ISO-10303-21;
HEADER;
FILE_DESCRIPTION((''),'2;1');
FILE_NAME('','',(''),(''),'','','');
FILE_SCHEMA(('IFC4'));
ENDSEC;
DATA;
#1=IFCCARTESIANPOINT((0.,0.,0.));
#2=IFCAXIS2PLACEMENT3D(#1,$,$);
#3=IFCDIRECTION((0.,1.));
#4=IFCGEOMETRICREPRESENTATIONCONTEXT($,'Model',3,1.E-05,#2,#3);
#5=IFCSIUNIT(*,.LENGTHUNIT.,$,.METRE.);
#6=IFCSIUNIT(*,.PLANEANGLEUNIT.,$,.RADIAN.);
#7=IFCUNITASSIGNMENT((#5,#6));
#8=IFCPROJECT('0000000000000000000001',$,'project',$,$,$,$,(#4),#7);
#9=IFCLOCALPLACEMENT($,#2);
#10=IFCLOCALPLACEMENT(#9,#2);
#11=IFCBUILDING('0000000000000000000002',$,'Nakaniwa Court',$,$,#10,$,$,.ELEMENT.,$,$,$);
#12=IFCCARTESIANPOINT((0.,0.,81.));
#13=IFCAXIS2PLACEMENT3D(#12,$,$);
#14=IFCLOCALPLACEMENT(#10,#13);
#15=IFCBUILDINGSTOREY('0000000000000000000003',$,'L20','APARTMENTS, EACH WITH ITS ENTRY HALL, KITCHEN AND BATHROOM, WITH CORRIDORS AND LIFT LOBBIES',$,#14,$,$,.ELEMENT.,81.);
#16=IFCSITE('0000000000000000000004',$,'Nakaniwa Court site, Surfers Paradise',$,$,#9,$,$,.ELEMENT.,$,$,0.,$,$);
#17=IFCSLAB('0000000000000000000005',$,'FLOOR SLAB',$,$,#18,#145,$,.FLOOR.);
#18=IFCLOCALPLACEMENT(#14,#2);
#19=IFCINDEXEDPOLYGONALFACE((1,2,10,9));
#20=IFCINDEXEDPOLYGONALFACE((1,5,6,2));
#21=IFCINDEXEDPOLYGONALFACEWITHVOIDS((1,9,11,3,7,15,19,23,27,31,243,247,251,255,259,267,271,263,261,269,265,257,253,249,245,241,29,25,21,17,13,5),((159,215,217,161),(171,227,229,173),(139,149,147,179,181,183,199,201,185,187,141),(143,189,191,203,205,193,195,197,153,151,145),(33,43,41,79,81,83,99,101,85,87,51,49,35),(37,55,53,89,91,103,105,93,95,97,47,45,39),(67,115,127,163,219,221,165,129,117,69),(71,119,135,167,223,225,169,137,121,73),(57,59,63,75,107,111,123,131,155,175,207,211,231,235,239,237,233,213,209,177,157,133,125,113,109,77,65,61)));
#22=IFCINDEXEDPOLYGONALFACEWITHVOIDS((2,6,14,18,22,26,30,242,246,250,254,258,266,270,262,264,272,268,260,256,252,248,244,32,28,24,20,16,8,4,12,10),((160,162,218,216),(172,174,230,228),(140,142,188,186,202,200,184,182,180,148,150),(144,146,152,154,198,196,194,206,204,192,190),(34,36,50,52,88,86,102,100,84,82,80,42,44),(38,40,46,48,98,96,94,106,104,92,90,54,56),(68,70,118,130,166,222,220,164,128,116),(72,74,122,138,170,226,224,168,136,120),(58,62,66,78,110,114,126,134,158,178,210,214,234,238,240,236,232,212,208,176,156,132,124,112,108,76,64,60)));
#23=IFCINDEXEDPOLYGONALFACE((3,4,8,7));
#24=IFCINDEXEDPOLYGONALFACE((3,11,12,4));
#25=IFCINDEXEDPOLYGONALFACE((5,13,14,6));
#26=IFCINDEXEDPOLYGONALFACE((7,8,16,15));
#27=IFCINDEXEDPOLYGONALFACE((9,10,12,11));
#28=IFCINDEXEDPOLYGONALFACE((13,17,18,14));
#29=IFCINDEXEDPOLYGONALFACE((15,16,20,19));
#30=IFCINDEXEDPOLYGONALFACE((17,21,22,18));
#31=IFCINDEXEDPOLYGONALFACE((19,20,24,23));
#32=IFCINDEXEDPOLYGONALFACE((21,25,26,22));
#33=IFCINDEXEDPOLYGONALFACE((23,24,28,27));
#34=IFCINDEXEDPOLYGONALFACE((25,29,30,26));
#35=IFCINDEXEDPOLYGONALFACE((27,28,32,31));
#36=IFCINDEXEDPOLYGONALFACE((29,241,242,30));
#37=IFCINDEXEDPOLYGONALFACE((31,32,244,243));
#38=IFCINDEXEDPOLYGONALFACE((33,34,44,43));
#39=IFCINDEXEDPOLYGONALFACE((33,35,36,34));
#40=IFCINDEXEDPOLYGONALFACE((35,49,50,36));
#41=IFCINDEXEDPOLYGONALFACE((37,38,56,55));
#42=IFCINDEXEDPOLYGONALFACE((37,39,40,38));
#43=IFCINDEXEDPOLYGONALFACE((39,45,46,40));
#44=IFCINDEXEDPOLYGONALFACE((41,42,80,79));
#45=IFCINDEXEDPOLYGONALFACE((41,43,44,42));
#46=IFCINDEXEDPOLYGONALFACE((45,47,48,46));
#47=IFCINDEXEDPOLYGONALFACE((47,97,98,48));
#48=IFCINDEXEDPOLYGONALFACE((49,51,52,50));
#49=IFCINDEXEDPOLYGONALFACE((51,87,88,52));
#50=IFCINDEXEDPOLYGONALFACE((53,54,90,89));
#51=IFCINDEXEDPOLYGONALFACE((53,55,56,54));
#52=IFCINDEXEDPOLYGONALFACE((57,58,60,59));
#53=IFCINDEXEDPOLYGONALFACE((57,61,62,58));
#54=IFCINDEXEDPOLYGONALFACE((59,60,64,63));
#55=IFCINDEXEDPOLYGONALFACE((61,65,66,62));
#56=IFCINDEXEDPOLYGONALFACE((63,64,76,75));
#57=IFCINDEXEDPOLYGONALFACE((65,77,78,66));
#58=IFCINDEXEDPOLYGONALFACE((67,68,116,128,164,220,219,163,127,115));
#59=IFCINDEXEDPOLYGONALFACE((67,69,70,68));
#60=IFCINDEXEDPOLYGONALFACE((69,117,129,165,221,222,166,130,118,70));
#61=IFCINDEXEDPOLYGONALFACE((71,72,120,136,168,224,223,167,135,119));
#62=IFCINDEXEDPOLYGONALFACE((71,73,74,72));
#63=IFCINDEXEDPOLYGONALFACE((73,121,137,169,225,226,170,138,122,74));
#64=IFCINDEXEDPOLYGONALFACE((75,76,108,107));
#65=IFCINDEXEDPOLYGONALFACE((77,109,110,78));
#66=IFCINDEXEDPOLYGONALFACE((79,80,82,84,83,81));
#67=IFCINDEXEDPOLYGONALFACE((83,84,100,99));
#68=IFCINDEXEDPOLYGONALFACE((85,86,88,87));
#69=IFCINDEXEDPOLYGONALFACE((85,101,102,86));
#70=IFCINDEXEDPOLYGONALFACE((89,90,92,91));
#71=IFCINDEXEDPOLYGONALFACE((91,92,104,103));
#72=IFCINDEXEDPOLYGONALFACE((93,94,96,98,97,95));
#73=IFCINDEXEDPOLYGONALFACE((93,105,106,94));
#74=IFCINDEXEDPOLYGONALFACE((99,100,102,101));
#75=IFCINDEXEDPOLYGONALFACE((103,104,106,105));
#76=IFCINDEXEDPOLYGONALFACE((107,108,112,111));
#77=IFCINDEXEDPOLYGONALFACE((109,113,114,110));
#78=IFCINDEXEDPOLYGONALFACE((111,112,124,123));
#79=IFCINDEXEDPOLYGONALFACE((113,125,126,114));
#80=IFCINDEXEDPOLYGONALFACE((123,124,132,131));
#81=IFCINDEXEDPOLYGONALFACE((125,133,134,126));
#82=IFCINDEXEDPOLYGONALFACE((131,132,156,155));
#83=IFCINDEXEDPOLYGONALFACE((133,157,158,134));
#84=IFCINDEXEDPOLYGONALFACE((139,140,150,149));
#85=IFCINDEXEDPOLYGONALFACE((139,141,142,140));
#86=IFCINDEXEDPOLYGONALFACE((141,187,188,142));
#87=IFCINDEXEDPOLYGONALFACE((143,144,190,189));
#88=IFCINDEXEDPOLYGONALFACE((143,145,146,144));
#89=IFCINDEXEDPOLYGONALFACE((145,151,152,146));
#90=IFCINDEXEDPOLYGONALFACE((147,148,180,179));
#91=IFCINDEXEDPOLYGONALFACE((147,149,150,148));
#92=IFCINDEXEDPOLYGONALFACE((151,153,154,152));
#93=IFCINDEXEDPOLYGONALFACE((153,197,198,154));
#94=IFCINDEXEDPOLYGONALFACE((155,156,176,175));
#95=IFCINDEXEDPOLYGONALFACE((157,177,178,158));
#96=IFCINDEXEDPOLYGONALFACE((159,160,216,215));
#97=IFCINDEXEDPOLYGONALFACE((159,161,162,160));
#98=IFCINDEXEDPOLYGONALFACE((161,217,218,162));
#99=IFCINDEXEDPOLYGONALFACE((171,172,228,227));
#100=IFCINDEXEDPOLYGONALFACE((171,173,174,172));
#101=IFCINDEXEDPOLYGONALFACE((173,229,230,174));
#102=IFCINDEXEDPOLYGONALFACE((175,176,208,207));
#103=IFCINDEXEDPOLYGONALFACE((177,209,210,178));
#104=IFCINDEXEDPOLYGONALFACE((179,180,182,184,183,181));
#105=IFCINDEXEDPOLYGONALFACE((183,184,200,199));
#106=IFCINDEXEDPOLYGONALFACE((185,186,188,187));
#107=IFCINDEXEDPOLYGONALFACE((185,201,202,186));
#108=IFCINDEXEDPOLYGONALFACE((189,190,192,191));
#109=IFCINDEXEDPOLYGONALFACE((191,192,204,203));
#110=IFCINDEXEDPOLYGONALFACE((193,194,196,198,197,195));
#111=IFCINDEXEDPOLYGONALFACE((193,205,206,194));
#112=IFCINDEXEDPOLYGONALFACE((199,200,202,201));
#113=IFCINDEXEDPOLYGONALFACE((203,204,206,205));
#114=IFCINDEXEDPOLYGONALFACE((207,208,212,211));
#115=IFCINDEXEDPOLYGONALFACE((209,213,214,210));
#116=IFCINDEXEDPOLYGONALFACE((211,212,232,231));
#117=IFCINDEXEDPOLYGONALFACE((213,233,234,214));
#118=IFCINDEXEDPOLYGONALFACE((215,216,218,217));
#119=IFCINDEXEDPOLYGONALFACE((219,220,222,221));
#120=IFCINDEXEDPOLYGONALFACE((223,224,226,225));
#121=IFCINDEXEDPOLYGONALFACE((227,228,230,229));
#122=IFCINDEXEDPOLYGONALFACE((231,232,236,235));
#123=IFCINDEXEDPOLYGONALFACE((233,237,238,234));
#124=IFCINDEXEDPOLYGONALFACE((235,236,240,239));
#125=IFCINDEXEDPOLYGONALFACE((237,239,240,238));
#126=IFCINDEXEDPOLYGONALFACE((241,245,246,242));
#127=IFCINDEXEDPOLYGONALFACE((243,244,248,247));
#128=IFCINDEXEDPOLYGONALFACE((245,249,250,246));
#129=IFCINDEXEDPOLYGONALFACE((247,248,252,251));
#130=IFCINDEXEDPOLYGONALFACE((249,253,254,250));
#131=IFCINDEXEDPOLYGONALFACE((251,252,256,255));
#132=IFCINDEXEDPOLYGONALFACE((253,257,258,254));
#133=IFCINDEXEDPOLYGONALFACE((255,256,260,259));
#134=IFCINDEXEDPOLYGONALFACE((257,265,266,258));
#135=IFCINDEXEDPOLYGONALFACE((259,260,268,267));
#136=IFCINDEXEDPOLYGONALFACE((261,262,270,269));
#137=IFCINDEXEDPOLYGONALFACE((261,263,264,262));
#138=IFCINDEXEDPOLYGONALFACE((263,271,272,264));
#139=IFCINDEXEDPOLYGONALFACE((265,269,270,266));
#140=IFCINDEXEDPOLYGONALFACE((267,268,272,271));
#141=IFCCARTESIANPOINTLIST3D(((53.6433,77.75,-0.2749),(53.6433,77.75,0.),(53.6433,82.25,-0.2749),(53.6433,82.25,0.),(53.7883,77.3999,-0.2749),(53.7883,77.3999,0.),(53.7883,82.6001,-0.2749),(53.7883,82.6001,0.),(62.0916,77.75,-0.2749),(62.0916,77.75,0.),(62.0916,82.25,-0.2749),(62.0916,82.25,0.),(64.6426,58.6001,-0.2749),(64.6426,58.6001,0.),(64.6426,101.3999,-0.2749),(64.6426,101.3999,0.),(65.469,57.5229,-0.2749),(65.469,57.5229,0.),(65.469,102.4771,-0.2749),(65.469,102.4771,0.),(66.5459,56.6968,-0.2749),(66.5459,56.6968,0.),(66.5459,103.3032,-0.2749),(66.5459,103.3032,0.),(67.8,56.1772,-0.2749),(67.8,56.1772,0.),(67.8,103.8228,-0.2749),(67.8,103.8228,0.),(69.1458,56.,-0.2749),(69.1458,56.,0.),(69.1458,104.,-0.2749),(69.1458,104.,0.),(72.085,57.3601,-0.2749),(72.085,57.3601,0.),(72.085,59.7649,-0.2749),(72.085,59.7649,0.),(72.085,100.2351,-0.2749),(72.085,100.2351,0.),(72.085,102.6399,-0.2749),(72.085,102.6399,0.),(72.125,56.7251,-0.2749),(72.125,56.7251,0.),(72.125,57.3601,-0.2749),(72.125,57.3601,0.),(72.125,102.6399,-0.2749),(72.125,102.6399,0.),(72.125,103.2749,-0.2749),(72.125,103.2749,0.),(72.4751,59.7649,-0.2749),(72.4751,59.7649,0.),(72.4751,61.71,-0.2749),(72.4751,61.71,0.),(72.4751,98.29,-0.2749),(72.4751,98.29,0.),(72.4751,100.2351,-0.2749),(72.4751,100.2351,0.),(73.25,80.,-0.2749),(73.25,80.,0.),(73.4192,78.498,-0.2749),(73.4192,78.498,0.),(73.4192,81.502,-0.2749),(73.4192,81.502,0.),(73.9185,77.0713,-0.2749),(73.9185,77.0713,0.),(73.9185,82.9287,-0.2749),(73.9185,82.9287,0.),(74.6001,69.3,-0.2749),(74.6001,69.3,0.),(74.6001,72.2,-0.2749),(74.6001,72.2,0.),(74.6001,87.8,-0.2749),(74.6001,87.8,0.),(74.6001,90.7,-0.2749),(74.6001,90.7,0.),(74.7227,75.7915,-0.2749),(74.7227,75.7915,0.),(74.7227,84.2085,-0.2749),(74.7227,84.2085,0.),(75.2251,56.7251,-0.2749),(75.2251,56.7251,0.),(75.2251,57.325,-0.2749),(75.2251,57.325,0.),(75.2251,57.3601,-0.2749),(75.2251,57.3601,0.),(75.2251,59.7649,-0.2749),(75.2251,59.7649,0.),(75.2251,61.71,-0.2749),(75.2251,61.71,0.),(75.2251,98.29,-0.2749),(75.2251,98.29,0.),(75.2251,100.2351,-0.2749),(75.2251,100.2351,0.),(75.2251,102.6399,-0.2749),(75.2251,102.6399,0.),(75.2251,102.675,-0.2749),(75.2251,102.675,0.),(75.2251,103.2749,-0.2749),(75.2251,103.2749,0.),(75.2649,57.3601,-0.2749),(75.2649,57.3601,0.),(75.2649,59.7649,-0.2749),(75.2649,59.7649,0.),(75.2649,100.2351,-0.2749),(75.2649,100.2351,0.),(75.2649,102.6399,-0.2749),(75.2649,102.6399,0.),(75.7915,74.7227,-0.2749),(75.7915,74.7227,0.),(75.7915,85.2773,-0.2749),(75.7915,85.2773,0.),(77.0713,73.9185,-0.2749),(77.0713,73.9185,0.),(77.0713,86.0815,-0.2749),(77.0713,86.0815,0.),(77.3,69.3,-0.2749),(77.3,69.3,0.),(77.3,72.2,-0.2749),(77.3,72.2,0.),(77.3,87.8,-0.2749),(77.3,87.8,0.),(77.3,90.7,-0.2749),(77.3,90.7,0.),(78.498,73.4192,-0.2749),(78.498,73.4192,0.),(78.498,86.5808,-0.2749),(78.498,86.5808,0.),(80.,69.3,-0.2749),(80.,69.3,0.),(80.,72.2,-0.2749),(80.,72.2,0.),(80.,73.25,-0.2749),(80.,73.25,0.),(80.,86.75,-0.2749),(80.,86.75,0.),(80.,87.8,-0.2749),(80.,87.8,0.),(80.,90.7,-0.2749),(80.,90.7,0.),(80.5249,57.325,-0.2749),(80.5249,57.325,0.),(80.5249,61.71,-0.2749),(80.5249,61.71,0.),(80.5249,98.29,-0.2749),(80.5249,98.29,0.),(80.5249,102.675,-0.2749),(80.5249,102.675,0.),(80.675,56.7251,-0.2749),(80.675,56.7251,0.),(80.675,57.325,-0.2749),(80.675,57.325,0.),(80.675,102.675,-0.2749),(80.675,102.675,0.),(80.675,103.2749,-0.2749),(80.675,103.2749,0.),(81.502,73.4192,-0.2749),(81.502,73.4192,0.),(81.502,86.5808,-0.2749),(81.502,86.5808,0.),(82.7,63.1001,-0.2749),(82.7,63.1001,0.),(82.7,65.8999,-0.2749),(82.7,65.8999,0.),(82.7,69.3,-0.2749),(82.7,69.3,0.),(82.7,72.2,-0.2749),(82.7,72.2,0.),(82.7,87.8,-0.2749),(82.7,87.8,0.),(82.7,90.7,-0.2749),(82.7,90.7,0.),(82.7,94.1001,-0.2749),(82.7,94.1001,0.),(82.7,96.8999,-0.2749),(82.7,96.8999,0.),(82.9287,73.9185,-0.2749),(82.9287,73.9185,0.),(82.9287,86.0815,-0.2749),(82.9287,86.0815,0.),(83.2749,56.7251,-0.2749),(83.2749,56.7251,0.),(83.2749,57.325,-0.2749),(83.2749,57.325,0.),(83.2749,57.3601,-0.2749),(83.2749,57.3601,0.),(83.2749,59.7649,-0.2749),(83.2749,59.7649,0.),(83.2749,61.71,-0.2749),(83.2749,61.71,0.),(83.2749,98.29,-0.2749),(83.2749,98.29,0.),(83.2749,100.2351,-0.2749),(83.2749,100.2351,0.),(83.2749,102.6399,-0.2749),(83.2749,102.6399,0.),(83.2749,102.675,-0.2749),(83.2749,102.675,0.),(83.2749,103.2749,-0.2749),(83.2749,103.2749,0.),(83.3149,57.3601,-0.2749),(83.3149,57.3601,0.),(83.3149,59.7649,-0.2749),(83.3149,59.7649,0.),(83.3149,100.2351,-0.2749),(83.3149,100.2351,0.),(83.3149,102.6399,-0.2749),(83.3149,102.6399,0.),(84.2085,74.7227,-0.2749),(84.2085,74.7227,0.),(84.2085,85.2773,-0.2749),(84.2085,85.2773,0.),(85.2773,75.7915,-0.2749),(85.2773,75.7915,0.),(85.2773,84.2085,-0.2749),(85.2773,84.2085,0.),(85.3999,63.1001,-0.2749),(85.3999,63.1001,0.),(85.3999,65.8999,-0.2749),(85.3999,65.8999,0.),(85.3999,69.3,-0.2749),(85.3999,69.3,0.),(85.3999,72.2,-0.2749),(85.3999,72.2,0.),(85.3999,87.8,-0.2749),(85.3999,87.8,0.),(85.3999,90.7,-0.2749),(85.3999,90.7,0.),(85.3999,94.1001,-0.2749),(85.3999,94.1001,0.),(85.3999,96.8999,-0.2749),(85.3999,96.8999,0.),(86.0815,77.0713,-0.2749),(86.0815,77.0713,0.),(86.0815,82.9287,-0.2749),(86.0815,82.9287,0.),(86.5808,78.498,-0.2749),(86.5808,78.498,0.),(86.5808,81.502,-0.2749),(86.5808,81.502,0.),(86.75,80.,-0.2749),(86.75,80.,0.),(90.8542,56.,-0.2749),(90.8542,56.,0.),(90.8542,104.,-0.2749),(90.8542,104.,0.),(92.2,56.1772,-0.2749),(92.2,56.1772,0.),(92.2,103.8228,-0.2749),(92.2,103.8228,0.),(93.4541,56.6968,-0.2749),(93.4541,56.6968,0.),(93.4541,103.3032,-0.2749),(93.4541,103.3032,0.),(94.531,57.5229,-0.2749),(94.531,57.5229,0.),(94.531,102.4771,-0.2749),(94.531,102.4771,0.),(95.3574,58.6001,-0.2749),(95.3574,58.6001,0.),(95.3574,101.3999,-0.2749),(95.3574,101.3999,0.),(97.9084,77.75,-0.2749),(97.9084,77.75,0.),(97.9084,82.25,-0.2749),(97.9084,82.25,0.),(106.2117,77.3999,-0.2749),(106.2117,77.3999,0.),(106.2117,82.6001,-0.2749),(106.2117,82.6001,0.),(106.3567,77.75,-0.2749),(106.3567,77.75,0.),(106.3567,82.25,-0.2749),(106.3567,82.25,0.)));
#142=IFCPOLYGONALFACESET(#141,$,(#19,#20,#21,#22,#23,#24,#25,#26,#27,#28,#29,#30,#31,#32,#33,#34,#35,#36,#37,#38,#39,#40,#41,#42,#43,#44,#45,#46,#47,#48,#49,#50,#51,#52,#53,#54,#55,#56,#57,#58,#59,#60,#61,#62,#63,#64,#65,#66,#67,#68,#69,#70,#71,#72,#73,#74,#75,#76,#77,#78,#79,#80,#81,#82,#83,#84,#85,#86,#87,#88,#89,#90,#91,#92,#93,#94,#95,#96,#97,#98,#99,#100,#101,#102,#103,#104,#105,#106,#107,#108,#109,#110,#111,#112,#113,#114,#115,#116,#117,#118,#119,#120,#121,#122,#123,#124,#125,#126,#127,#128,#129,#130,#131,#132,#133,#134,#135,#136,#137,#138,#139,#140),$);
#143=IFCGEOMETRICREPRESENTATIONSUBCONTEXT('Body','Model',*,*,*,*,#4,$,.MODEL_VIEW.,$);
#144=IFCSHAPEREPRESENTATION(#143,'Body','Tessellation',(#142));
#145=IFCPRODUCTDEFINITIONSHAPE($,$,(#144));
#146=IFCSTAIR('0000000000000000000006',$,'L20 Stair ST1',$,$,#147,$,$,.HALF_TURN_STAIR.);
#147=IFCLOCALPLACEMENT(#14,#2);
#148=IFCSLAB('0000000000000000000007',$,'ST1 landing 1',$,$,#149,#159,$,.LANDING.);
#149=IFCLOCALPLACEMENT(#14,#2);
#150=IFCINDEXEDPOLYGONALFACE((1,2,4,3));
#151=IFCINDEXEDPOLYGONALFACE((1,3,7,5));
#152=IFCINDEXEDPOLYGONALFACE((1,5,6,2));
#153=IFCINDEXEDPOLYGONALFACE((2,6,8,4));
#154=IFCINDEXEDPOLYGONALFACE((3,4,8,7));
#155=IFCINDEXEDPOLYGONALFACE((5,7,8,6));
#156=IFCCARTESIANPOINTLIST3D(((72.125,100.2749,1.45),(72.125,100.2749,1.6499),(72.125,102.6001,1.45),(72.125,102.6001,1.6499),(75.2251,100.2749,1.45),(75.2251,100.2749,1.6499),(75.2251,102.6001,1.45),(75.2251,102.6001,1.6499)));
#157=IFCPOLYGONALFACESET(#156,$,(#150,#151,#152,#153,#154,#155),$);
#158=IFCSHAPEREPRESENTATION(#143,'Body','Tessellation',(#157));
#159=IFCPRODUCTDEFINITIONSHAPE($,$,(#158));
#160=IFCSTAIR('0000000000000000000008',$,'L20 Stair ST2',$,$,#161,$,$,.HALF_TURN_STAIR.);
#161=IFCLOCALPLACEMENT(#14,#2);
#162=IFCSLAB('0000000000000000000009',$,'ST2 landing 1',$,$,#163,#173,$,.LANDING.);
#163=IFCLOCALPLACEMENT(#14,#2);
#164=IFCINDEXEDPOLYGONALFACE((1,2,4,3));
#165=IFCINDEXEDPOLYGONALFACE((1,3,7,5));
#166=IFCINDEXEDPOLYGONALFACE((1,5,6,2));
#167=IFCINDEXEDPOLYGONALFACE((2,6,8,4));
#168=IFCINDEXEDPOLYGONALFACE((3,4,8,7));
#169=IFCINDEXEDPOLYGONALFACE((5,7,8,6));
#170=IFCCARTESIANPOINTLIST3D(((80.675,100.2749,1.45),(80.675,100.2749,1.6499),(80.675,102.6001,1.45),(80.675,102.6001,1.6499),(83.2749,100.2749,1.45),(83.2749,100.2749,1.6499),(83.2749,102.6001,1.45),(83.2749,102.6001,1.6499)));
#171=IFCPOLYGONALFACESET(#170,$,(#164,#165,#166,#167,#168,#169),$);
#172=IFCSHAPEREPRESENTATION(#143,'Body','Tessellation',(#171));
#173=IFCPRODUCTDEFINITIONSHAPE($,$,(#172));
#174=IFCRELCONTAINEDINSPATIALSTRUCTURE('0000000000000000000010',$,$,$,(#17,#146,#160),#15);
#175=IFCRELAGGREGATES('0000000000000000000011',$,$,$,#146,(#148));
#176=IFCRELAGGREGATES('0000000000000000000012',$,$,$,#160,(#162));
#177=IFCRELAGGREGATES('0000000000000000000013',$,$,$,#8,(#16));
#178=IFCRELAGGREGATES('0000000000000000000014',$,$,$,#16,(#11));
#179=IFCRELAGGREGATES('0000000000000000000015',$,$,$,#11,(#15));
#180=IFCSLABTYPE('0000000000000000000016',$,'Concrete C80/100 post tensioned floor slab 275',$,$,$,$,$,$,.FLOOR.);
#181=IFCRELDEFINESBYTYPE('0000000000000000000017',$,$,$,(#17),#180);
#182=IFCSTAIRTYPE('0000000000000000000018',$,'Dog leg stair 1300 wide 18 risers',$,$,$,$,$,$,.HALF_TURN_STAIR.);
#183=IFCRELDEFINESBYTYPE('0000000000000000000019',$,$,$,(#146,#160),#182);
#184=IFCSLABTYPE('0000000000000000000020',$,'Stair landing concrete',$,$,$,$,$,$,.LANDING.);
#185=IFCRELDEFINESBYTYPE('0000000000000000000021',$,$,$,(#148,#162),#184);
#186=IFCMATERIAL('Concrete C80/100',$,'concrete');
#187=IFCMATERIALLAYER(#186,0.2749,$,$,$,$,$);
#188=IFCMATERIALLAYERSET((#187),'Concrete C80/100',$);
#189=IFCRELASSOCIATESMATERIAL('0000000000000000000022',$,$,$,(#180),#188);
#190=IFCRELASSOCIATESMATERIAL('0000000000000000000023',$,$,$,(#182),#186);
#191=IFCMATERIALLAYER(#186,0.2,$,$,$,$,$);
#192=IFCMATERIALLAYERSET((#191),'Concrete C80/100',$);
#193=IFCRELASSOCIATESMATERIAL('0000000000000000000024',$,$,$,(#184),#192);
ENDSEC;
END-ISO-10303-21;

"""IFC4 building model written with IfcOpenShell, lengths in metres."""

from ifc_helpers import new_model, si_unit, direction, frame, origin, place, context, subcontext, project, spatial, polyline, outline, extrude, material, layer, layer_set, type_object, element, aggregate, save


model = new_model("IFC4")

# Units and contexts
model_context = context("Model", 3, precision=1e-05, world=origin(), true_north=direction((0.0, 1.0)))
body_context = subcontext(model_context, "Body", "Model", "MODEL_VIEW")
ifc_project = project(units=[si_unit("LENGTHUNIT", "METRE"), si_unit("PLANEANGLEUNIT", "RADIAN")], contexts=[model_context])

# Site, building, storey
site_placement = place(None, origin())
site = spatial("IfcSite", under=ifc_project, at=site_placement, Name="Nakaniwa Court site, Surfers Paradise", CompositionType="ELEMENT", RefElevation=0.0)
building_placement = place(site_placement, origin())
building = spatial("IfcBuilding", under=site, at=building_placement, Name="Nakaniwa Court", CompositionType="ELEMENT")
storey_placement = place(building_placement, frame((0.0, 0.0, 81.0)))
storey = spatial("IfcBuildingStorey", under=building, at=storey_placement, Name="L20", Description="APARTMENTS, EACH WITH ITS ENTRY HALL, KITCHEN AND BATHROOM, WITH CORRIDORS AND LIFT LOBBIES", CompositionType="ELEMENT", Elevation=81.0)

# Shared definitions
ifc_material_1 = material(Name="Concrete C80/100", Category="concrete")

# Slab
ifc_layer_1 = layer(ifc_material_1, 0.2749)
ifc_layer_set_1 = layer_set([ifc_layer_1], Name="Concrete C80/100")
slab_type_1 = type_object("IfcSlabType", Name="Concrete C80/100 post tensioned floor slab 275", PredefinedType="FLOOR", material=ifc_layer_set_1)
slab_1_placement = place(storey_placement, frame((0.0, 0.0, -0.2749)))
element("IfcSlab", 1, at=slab_1_placement, inside=storey, type_object=slab_type_1, Name="FLOOR SLAB", PredefinedType="FLOOR", context=body_context, shape_type="SweptSolid", body=[
    extrude(outline(polyline([(97.9084, 82.25), (106.3567, 82.25), (106.2117, 82.6001), (95.3574, 101.3999), (94.531, 102.4771), (93.4541, 103.3032), (92.2, 103.8228), (90.8542, 104.0), (69.1458, 104.0), (67.8, 103.8228), (66.5459, 103.3032), (65.469, 102.4771), (64.6426, 101.3999), (53.7883, 82.6001), (53.6433, 82.25), (62.0916, 82.25), (62.0916, 77.75), (53.6433, 77.75), (53.7883, 77.3999), (64.6426, 58.6001), (65.469, 57.5229), (66.5459, 56.6968), (67.8, 56.1772), (69.1458, 56.0), (90.8542, 56.0), (92.2, 56.1772), (93.4541, 56.6968), (94.531, 57.5229), (95.3574, 58.6001), (106.2117, 77.3999), (106.3567, 77.75), (97.9084, 77.75), (97.9084, 82.25)]), holes=[polyline([(81.502, 86.5808), (80.0, 86.75), (78.498, 86.5808), (77.0713, 86.0815), (75.7915, 85.2773), (74.7227, 84.2085), (73.9185, 82.9287), (73.4192, 81.502), (73.25, 80.0), (73.4192, 78.498), (73.9185, 77.0713), (74.7227, 75.7915), (75.7915, 74.7227), (77.0713, 73.9185), (78.498, 73.4192), (80.0, 73.25), (81.502, 73.4192), (82.9287, 73.9185), (84.2085, 74.7227), (85.2773, 75.7915), (86.0815, 77.0713), (86.5808, 78.498), (86.75, 80.0), (86.5808, 81.502), (86.0815, 82.9287), (85.2773, 84.2085), (84.2085, 85.2773), (82.9287, 86.0815), (81.502, 86.5808)]), polyline([(75.2649, 57.3601), (75.2649, 59.7649), (75.2251, 59.7649), (75.2251, 61.71), (72.4751, 61.71), (72.4751, 59.7649), (72.085, 59.7649), (72.085, 57.3601), (72.125, 57.3601), (72.125, 56.7251), (75.2251, 56.7251), (75.2251, 57.325), (75.2251, 57.3601), (75.2649, 57.3601)]), polyline([(80.0, 69.3), (82.7, 69.3), (85.3999, 69.3), (85.3999, 72.2), (82.7, 72.2), (80.0, 72.2), (77.3, 72.2), (74.6001, 72.2), (74.6001, 69.3), (77.3, 69.3), (80.0, 69.3)]), polyline([(80.0, 87.8), (82.7, 87.8), (85.3999, 87.8), (85.3999, 90.7), (82.7, 90.7), (80.0, 90.7), (77.3, 90.7), (74.6001, 90.7), (74.6001, 87.8), (77.3, 87.8), (80.0, 87.8)]), polyline([(75.2649, 100.2351), (75.2649, 102.6399), (75.2251, 102.6399), (75.2251, 102.675), (75.2251, 103.2749), (72.125, 103.2749), (72.125, 102.6399), (72.085, 102.6399), (72.085, 100.2351), (72.4751, 100.2351), (72.4751, 98.29), (75.2251, 98.29), (75.2251, 100.2351), (75.2649, 100.2351)]), polyline([(83.2749, 61.71), (80.5249, 61.71), (80.5249, 57.325), (80.675, 57.325), (80.675, 56.7251), (83.2749, 56.7251), (83.2749, 57.325), (83.2749, 57.3601), (83.3149, 57.3601), (83.3149, 59.7649), (83.2749, 59.7649), (83.2749, 61.71)]), polyline([(85.3999, 65.8999), (82.7, 65.8999), (82.7, 63.1001), (85.3999, 63.1001), (85.3999, 65.8999)]), polyline([(85.3999, 96.8999), (82.7, 96.8999), (82.7, 94.1001), (85.3999, 94.1001), (85.3999, 96.8999)]), polyline([(83.2749, 100.2351), (83.3149, 100.2351), (83.3149, 102.6399), (83.2749, 102.6399), (83.2749, 102.675), (83.2749, 103.2749), (80.675, 103.2749), (80.675, 102.675), (80.5249, 102.675), (80.5249, 98.29), (83.2749, 98.29), (83.2749, 100.2351)])]), origin(), (0.0, 0.0, 1.0), 0.2749),
])

# Stairs, slabs
stair_type = type_object("IfcStairType", Name="Dog leg stair 1300 wide 18 risers", PredefinedType="HALF_TURN_STAIR", material=ifc_material_1)
stair_1_placement = place(storey_placement, origin())
stair_1 = element("IfcStair", 2, at=stair_1_placement, inside=storey, type_object=stair_type, Name="L20 Stair ST1", PredefinedType="HALF_TURN_STAIR")
ifc_layer_2 = layer(ifc_material_1, 0.2)
ifc_layer_set_2 = layer_set([ifc_layer_2], Name="Concrete C80/100")
slab_type_2 = type_object("IfcSlabType", Name="Stair landing concrete", PredefinedType="LANDING", material=ifc_layer_set_2)
slab_2_placement = place(storey_placement, frame((0.0, 0.0, 1.45)))
slab_2 = element("IfcSlab", 3, at=slab_2_placement, type_object=slab_type_2, Name="ST1 landing 1", PredefinedType="LANDING", context=body_context, shape_type="SweptSolid", body=[
    extrude(outline(polyline([(75.2251, 100.2749), (75.2251, 102.6001), (72.125, 102.6001), (72.125, 100.2749), (75.2251, 100.2749)])), origin(), (0.0, 0.0, 1.0), 0.2),
])
aggregate(stair_1, [slab_2])
stair_2_placement = place(storey_placement, origin())
stair_2 = element("IfcStair", 4, at=stair_2_placement, inside=storey, type_object=stair_type, Name="L20 Stair ST2", PredefinedType="HALF_TURN_STAIR")
slab_3_placement = place(storey_placement, frame((0.0, 0.0, 1.45)))
slab_3 = element("IfcSlab", 5, at=slab_3_placement, type_object=slab_type_2, Name="ST2 landing 1", PredefinedType="LANDING", context=body_context, shape_type="SweptSolid", body=[
    extrude(outline(polyline([(83.2749, 100.2749), (83.2749, 102.6001), (80.675, 102.6001), (80.675, 100.2749), (83.2749, 100.2749)])), origin(), (0.0, 0.0, 1.0), 0.2),
])
aggregate(stair_2, [slab_3])

save(model, "model.ifc")
